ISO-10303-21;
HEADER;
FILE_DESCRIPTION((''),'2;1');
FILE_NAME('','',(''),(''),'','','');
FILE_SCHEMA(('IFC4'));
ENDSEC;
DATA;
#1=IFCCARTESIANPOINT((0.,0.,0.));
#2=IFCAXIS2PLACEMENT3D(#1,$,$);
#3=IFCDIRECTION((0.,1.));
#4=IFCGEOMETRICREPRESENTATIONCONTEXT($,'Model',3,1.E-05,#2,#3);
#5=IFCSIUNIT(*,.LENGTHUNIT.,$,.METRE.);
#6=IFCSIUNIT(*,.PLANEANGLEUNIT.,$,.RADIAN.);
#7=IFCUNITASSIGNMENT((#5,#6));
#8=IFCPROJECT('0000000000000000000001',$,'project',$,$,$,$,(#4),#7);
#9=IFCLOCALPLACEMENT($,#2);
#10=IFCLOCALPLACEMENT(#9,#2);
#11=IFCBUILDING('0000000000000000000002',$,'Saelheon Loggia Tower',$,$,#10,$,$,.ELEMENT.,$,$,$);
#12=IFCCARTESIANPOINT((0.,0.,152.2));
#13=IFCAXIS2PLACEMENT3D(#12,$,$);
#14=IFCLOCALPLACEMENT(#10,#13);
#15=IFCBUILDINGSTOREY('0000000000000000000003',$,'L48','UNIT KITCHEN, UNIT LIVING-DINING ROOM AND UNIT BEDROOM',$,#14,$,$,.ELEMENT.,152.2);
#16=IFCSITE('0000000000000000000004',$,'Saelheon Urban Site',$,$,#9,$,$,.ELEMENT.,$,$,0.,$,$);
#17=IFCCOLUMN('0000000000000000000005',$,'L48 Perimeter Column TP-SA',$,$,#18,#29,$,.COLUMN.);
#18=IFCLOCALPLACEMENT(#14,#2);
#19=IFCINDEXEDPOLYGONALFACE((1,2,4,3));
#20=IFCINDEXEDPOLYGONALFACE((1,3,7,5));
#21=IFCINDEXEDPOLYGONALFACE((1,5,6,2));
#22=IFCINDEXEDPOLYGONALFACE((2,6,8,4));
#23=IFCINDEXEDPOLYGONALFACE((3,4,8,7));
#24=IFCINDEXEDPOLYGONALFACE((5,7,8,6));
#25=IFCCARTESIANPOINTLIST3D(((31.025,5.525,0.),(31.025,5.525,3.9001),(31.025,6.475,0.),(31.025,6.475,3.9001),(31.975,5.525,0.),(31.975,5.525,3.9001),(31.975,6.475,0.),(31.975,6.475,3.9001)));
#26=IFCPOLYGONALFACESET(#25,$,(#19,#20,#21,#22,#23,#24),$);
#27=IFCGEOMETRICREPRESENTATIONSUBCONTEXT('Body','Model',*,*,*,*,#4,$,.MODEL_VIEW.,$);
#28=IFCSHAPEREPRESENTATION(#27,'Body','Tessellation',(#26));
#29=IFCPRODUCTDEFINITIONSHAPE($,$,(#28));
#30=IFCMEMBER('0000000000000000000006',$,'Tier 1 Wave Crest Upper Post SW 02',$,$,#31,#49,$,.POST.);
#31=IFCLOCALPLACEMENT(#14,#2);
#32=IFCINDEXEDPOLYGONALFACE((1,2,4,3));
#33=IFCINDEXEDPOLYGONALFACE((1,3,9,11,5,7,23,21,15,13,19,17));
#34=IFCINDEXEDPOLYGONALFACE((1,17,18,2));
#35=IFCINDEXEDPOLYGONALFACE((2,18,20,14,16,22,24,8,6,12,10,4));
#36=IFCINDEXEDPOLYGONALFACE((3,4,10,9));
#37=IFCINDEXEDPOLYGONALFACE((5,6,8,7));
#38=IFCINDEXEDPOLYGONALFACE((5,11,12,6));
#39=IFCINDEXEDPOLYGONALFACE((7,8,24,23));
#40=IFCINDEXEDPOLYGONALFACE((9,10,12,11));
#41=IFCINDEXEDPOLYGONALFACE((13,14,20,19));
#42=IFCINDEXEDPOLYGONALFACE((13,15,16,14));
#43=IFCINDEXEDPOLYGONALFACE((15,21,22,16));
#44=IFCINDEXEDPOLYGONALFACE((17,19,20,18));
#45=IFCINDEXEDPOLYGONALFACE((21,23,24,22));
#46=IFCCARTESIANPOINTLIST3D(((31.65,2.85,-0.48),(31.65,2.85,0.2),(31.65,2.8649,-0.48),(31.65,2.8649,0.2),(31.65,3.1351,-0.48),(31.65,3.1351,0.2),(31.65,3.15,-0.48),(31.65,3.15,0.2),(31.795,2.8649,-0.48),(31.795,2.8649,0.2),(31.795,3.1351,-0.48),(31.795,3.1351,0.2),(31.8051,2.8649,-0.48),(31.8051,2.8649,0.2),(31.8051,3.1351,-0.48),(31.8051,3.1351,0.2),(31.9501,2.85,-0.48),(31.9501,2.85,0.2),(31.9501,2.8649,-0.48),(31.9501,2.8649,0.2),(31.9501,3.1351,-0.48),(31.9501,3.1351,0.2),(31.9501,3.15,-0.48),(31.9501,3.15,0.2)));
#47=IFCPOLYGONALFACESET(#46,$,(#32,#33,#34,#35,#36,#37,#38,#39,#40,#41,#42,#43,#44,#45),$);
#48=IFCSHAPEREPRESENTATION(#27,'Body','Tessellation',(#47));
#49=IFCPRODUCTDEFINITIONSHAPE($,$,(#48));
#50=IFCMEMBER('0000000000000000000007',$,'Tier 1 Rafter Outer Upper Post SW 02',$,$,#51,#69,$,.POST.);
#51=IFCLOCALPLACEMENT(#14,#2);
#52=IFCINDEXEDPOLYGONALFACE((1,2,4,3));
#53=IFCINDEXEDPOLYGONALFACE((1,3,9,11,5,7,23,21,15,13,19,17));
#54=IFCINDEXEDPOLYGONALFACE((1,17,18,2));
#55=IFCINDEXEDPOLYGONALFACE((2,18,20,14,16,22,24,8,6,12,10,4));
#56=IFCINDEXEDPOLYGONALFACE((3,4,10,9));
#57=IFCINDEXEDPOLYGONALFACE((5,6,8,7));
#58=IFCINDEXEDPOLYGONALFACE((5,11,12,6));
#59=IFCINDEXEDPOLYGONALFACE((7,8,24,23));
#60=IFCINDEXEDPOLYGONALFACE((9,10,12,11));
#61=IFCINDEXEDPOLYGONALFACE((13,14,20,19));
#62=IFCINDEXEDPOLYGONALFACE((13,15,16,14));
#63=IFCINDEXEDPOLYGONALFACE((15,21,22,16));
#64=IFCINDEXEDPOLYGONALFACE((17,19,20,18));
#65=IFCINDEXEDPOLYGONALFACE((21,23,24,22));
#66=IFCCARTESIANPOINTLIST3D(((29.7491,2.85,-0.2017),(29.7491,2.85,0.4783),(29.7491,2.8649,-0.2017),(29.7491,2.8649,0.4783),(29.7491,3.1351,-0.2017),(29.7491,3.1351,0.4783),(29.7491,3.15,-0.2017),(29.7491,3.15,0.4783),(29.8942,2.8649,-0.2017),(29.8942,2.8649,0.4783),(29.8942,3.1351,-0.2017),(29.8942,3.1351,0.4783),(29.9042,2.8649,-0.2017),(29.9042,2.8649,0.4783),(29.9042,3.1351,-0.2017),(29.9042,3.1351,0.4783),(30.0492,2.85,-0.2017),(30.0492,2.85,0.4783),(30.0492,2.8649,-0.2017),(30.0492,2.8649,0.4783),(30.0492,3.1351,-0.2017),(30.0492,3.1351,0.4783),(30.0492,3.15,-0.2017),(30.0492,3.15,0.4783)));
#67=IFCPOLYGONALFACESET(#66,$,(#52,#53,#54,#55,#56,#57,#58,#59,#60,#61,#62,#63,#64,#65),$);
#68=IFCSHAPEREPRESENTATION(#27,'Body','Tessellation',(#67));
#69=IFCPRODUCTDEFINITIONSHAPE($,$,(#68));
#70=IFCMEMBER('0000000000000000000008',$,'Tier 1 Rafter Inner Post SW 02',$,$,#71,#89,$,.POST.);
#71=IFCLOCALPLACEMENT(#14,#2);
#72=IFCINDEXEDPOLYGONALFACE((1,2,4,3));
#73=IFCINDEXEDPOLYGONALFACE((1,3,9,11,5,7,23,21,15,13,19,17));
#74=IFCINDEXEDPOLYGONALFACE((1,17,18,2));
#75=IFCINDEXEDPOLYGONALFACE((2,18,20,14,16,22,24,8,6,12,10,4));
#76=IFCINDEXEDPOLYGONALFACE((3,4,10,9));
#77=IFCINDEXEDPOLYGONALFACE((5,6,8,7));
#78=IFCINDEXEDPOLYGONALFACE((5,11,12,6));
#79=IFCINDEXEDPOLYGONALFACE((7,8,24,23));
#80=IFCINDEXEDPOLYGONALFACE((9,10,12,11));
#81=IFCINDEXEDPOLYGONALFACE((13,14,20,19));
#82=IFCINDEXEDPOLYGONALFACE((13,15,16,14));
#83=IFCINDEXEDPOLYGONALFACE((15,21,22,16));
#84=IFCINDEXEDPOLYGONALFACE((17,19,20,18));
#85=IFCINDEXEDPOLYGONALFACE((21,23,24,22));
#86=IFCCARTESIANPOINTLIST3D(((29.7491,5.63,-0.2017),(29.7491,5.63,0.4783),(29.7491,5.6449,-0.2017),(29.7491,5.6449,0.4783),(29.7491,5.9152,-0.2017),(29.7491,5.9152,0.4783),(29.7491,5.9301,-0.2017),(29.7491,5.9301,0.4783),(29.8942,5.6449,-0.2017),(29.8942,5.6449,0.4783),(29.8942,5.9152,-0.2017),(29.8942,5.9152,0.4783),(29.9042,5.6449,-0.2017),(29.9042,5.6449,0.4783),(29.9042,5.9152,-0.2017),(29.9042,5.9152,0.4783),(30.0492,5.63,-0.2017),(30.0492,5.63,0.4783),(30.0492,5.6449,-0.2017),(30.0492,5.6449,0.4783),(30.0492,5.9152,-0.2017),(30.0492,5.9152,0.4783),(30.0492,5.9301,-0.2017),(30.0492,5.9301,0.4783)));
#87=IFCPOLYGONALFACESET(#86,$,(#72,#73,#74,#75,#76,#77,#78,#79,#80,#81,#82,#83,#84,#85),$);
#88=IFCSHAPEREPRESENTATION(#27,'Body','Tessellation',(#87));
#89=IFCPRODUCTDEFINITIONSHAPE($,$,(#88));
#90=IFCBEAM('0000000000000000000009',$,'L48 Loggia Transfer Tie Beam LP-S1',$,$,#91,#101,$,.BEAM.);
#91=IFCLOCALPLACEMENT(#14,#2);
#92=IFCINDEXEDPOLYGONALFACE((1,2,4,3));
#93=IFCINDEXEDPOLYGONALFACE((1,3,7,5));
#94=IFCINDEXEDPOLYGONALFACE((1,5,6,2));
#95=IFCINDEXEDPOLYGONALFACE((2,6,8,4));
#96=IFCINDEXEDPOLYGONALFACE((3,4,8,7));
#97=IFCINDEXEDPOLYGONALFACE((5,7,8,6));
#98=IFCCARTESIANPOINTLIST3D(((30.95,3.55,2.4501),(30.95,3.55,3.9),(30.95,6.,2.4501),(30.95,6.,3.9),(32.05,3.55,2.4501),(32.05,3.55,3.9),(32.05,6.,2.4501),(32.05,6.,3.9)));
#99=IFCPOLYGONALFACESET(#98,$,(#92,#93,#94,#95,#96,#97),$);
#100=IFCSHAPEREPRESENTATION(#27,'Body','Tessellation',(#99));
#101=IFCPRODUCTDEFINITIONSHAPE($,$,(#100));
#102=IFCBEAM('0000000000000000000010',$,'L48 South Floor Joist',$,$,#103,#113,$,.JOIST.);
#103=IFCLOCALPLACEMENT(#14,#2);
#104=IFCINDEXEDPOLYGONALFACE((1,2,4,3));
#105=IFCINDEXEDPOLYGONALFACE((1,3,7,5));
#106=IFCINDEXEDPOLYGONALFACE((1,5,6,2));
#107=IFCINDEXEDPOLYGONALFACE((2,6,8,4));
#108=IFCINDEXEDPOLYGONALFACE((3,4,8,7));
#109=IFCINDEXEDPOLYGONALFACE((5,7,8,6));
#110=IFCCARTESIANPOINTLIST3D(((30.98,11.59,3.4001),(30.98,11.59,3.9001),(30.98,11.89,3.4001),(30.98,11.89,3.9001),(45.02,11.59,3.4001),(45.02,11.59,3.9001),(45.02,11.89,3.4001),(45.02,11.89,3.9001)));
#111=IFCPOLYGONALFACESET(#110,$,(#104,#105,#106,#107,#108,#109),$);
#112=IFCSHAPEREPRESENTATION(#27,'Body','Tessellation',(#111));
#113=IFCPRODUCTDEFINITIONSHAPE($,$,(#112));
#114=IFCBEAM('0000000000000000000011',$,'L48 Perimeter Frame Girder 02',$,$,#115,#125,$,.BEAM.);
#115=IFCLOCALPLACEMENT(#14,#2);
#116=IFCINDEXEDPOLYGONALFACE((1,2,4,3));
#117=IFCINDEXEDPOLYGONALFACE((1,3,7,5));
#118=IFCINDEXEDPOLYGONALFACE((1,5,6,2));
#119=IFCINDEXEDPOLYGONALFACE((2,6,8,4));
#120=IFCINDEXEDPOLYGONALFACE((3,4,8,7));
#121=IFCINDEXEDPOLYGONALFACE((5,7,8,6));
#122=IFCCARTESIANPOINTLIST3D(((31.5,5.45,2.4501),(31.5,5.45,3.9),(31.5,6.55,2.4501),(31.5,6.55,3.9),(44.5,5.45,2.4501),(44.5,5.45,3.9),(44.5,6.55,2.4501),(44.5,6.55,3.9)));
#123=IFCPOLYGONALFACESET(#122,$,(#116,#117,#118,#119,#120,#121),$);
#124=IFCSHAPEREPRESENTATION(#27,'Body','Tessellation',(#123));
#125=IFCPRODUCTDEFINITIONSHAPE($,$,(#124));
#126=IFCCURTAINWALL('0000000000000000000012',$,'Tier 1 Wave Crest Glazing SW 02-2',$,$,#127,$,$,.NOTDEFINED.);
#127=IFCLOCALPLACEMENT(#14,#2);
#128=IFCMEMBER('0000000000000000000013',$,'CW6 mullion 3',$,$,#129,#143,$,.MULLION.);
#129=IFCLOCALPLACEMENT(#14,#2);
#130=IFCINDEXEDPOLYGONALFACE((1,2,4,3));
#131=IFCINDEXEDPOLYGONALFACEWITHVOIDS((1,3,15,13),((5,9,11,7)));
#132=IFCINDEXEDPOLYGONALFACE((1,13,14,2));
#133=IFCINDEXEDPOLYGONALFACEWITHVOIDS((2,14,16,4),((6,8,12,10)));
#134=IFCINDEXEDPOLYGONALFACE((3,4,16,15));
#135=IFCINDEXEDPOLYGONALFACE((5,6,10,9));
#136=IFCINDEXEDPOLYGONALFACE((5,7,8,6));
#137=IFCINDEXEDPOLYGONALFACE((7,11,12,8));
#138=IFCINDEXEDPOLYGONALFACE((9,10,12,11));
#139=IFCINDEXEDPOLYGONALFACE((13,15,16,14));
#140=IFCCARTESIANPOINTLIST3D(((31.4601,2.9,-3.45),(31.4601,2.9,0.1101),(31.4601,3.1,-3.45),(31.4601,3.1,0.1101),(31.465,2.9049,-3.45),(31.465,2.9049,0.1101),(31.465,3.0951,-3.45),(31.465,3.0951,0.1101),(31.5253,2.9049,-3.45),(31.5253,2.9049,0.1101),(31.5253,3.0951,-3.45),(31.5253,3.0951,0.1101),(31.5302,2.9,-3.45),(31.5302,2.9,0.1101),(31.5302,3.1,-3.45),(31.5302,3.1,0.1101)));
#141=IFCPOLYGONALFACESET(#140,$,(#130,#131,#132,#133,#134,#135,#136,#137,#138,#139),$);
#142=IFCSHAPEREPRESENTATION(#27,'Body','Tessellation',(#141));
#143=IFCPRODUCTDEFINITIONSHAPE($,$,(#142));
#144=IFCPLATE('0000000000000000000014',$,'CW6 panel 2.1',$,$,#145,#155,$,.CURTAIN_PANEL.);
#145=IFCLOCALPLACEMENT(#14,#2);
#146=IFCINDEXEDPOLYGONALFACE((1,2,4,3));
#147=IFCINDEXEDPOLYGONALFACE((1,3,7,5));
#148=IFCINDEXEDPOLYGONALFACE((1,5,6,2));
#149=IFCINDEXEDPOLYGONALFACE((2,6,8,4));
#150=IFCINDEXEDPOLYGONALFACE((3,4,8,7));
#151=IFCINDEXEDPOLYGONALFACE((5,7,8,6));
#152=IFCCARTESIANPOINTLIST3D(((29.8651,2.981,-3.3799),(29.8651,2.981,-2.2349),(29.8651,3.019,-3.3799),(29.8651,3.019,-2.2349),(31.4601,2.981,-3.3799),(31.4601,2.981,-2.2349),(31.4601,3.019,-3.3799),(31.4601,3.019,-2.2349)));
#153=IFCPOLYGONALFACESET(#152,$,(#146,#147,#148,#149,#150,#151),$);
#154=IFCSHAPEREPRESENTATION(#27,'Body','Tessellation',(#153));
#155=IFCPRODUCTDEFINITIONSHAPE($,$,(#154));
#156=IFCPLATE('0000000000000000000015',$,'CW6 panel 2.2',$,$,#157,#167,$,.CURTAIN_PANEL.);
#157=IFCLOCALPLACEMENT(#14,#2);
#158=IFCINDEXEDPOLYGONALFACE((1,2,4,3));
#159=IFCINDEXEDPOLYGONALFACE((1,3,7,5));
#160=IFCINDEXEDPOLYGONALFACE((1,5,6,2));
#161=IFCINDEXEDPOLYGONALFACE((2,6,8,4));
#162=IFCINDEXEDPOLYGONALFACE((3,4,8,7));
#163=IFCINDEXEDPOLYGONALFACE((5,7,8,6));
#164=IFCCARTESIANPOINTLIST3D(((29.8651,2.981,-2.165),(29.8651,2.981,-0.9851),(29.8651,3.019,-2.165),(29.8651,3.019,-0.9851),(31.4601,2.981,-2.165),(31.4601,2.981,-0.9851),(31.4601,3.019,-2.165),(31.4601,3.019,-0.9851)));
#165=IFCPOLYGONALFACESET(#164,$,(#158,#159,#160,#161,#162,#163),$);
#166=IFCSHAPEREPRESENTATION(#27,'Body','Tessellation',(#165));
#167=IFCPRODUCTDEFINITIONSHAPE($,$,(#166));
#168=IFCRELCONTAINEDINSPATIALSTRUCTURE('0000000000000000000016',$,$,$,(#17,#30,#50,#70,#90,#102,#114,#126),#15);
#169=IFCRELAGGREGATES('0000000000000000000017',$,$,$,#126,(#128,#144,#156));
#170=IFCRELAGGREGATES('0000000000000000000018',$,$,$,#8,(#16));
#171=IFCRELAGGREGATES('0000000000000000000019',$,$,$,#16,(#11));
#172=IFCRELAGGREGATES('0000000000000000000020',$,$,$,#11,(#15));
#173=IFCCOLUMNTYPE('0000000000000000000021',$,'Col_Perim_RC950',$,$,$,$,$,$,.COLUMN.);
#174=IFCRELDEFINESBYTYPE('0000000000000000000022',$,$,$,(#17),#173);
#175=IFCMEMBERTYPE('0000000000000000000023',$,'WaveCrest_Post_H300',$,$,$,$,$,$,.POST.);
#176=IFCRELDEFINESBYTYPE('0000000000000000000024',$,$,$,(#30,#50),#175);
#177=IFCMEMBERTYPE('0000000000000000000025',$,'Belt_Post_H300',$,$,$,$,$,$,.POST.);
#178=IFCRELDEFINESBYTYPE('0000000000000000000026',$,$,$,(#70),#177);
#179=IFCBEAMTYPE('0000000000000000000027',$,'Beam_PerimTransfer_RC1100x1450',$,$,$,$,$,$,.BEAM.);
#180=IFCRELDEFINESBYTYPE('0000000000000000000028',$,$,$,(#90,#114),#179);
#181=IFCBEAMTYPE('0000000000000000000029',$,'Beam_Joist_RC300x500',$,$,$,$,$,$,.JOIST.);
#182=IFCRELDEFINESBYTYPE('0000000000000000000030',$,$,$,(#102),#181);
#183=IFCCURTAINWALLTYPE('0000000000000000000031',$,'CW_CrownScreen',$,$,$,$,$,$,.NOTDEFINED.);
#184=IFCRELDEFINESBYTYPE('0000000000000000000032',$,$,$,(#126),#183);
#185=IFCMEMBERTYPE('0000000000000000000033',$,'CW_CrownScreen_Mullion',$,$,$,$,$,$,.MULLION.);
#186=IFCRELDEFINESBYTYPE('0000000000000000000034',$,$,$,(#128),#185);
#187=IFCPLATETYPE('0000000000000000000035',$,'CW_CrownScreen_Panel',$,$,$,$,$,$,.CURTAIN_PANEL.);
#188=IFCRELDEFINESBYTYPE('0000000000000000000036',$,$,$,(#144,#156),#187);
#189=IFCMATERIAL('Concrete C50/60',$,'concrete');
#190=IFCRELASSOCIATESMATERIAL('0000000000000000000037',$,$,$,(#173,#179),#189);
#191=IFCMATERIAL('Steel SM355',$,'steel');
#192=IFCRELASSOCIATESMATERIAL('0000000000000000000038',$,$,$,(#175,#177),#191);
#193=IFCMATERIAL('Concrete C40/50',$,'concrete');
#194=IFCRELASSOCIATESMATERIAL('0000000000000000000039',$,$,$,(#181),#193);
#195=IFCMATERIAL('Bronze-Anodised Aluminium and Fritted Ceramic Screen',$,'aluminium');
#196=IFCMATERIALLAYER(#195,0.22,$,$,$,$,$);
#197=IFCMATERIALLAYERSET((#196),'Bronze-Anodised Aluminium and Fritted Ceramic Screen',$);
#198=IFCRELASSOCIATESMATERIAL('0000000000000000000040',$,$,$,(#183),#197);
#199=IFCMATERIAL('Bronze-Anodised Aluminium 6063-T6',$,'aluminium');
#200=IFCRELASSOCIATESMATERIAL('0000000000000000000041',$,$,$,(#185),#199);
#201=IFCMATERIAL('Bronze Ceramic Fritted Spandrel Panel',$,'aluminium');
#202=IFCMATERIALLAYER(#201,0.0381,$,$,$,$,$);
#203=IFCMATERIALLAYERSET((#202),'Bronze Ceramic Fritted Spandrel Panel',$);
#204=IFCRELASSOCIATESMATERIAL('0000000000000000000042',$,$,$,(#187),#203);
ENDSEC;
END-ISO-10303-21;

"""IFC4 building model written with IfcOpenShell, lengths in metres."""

from ifc_helpers import new_model, si_unit, direction, frame, origin, origin_2d, place, context, subcontext, project, spatial, rectangle, hollow_rectangle, i_section, extrude, source, transform, mapped, material, layer, layer_set, material_profile, profile_set, type_object, element, aggregate, save


model = new_model("IFC4")

# Units and contexts
model_context = context("Model", 3, precision=1e-05, world=origin(), true_north=direction((0.0, 1.0)))
body_context = subcontext(model_context, "Body", "Model", "MODEL_VIEW")
ifc_project = project(units=[si_unit("LENGTHUNIT", "METRE"), si_unit("PLANEANGLEUNIT", "RADIAN")], contexts=[model_context])

# Site, building, storey
site_placement = place(None, origin())
site = spatial("IfcSite", under=ifc_project, at=site_placement, Name="Saelheon Urban Site", CompositionType="ELEMENT", RefElevation=0.0)
building_placement = place(site_placement, origin())
building = spatial("IfcBuilding", under=site, at=building_placement, Name="Saelheon Loggia Tower", CompositionType="ELEMENT")
storey_placement = place(building_placement, frame((0.0, 0.0, 152.2)))
storey = spatial("IfcBuildingStorey", under=building, at=storey_placement, Name="L48", Description="UNIT KITCHEN, UNIT LIVING-DINING ROOM AND UNIT BEDROOM", CompositionType="ELEMENT", Elevation=152.2)

# Column
ifc_material_1 = material(Name="Concrete C50/60", Category="concrete")
ifc_material_profile_1 = material_profile(ifc_material_1, rectangle(XDim=0.95, YDim=0.95, at=origin_2d()), Name="RC-950x950")
ifc_profile_set_1 = profile_set([ifc_material_profile_1], Name="Concrete C50/60")
column_type = type_object("IfcColumnType", Name="Col_Perim_RC950", PredefinedType="COLUMN", material=ifc_profile_set_1)
shared_shape_1 = source(origin(), body_context, "Body", "SweptSolid", [
    extrude(rectangle(XDim=0.95, YDim=0.95, at=origin_2d()), origin(), (0.0, 0.0, 1.0), 3.9001),
])
column_placement = place(storey_placement, frame((31.5, 6.0, 0.0), z_axis=(0.0, 0.0, 1.0), x_axis=(1.0, 0.0, 0.0)))
element("IfcColumn", 1, at=column_placement, inside=storey, type_object=column_type, Name="L48 Perimeter Column TP-SA", PredefinedType="COLUMN", context=body_context, shape_type="MappedRepresentation", body=[
    mapped(shared_shape_1, transform((0.0, 0.0, 0.0), scale=1.0)),
])

# Members
ifc_material_2 = material(Name="Steel SM355", Category="steel")
ifc_material_profile_2 = material_profile(ifc_material_2, i_section(OverallWidth=0.3, OverallDepth=0.3, WebThickness=0.01, FlangeThickness=0.0149, at=origin_2d()), Name="H-300x300x10x15")
ifc_profile_set_2 = profile_set([ifc_material_profile_2], Name="Steel SM355")
member_type_1 = type_object("IfcMemberType", Name="WaveCrest_Post_H300", PredefinedType="POST", material=ifc_profile_set_2)
shared_shape_2 = source(origin(), body_context, "Body", "SweptSolid", [
    extrude(i_section(OverallWidth=0.3, OverallDepth=0.3, WebThickness=0.01, FlangeThickness=0.0149, at=origin_2d()), origin(), (0.0, 0.0, 1.0), 0.6799),
])
for number, where, z_axis, x_axis, name in (
    (2, (31.8, 3.0, -0.48), (0.0, 0.0, 1.0), (1.0, 0.0, 0.0), "Tier 1 Wave Crest Upper Post SW 02"),
    (3, (29.8992, 3.0, -0.2017), (0.0, 0.0, 1.0), (1.0, 0.0, 0.0), "Tier 1 Rafter Outer Upper Post SW 02"),
):
    element("IfcMember", number, at=place(storey_placement, frame(where, z_axis=z_axis, x_axis=x_axis)), inside=storey, type_object=member_type_1, Name=name, PredefinedType="POST", context=body_context, shape_type="MappedRepresentation", body=[
        mapped(shared_shape_2, transform((0.0, 0.0, 0.0), scale=1.0)),
    ])
ifc_material_profile_3 = material_profile(ifc_material_2, i_section(OverallWidth=0.3, OverallDepth=0.3, WebThickness=0.01, FlangeThickness=0.0149, at=origin_2d()), Name="H-300x300x10x15")
ifc_profile_set_3 = profile_set([ifc_material_profile_3], Name="Steel SM355")
member_type_2 = type_object("IfcMemberType", Name="Belt_Post_H300", PredefinedType="POST", material=ifc_profile_set_3)
member_1_placement = place(storey_placement, frame((29.8992, 5.78, -0.2017), z_axis=(0.0, 0.0, 1.0), x_axis=(1.0, 0.0, 0.0)))
element("IfcMember", 4, at=member_1_placement, inside=storey, type_object=member_type_2, Name="Tier 1 Rafter Inner Post SW 02", PredefinedType="POST", context=body_context, shape_type="MappedRepresentation", body=[
    mapped(shared_shape_2, transform((0.0, 0.0, 0.0), scale=1.0)),
])

# Beams
ifc_material_profile_4 = material_profile(ifc_material_1, rectangle(XDim=1.1001, YDim=1.45, at=origin_2d()), Name="RC-1100x1450")
ifc_profile_set_4 = profile_set([ifc_material_profile_4], Name="Concrete C50/60")
beam_type_1 = type_object("IfcBeamType", Name="Beam_PerimTransfer_RC1100x1450", PredefinedType="BEAM", material=ifc_profile_set_4)
shared_shape_3 = source(origin(), body_context, "Body", "SweptSolid", [
    extrude(rectangle(XDim=1.1001, YDim=1.45, at=origin_2d()), origin(), (0.0, 0.0, 1.0), 2.45),
])
beam_1_placement = place(storey_placement, frame((31.5, 6.0, 3.175), z_axis=(0.0, -1.0, 0.0), x_axis=(1.0, 0.0, 0.0)))
element("IfcBeam", 5, at=beam_1_placement, inside=storey, type_object=beam_type_1, Name="L48 Loggia Transfer Tie Beam LP-S1", PredefinedType="BEAM", context=body_context, shape_type="MappedRepresentation", body=[
    mapped(shared_shape_3, transform((0.0, 0.0, 0.0), scale=1.0)),
])
ifc_material_3 = material(Name="Concrete C40/50", Category="concrete")
ifc_material_profile_5 = material_profile(ifc_material_3, rectangle(XDim=0.3, YDim=0.5, at=origin_2d()), Name="RC-300x500")
ifc_profile_set_5 = profile_set([ifc_material_profile_5], Name="Concrete C40/50")
beam_type_2 = type_object("IfcBeamType", Name="Beam_Joist_RC300x500", PredefinedType="JOIST", material=ifc_profile_set_5)
shared_shape_4 = source(origin(), body_context, "Body", "SweptSolid", [
    extrude(rectangle(XDim=0.3, YDim=0.5, at=origin_2d()), origin(), (0.0, 0.0, 1.0), 14.04),
])
beam_2_placement = place(storey_placement, frame((30.98, 11.74, 3.6501), z_axis=(1.0, 0.0, 0.0), x_axis=(0.0, 1.0, 0.0)))
element("IfcBeam", 6, at=beam_2_placement, inside=storey, type_object=beam_type_2, Name="L48 South Floor Joist", PredefinedType="JOIST", context=body_context, shape_type="MappedRepresentation", body=[
    mapped(shared_shape_4, transform((0.0, 0.0, 0.0), scale=1.0)),
])
shared_shape_5 = source(origin(), body_context, "Body", "SweptSolid", [
    extrude(rectangle(XDim=1.1001, YDim=1.45, at=origin_2d()), origin(), (0.0, 0.0, 1.0), 13.0),
])
beam_3_placement = place(storey_placement, frame((31.5, 6.0, 3.175), z_axis=(1.0, 0.0, 0.0), x_axis=(0.0, 1.0, 0.0)))
element("IfcBeam", 7, at=beam_3_placement, inside=storey, type_object=beam_type_1, Name="L48 Perimeter Frame Girder 02", PredefinedType="BEAM", context=body_context, shape_type="MappedRepresentation", body=[
    mapped(shared_shape_5, transform((0.0, 0.0, 0.0), scale=1.0)),
])

# Curtain wall, member, plates
ifc_material_4 = material(Name="Bronze-Anodised Aluminium and Fritted Ceramic Screen", Category="aluminium")
ifc_layer_1 = layer(ifc_material_4, 0.22)
ifc_layer_set_1 = layer_set([ifc_layer_1], Name="Bronze-Anodised Aluminium and Fritted Ceramic Screen")
curtain_wall_type = type_object("IfcCurtainWallType", Name="CW_CrownScreen", PredefinedType="NOTDEFINED", material=ifc_layer_set_1)
curtain_wall_placement = place(storey_placement, origin())
curtain_wall = element("IfcCurtainWall", 8, at=curtain_wall_placement, inside=storey, type_object=curtain_wall_type, Name="Tier 1 Wave Crest Glazing SW 02-2", PredefinedType="NOTDEFINED")
ifc_material_5 = material(Name="Bronze-Anodised Aluminium 6063-T6", Category="aluminium")
ifc_material_profile_6 = material_profile(ifc_material_5, hollow_rectangle(XDim=0.0701, YDim=0.2, WallThickness=0.0049, at=origin_2d()), Name="RHS-200x70x5")
ifc_profile_set_6 = profile_set([ifc_material_profile_6], Name="Bronze-Anodised Aluminium 6063-T6")
member_type_3 = type_object("IfcMemberType", Name="CW_CrownScreen_Mullion", PredefinedType="MULLION", material=ifc_profile_set_6)
shared_shape_6 = source(origin(), body_context, "Body", "SweptSolid", [
    extrude(hollow_rectangle(XDim=0.0701, YDim=0.2, WallThickness=0.0049, at=origin_2d()), origin(), (0.0, 0.0, 1.0), 3.5601),
])
member_2_placement = place(storey_placement, frame((31.4951, 3.0, -3.45), z_axis=(0.0, 0.0, 1.0), x_axis=(1.0, 0.0, 0.0)))
member_2 = element("IfcMember", 9, at=member_2_placement, type_object=member_type_3, Name="CW6 mullion 3", PredefinedType="MULLION", context=body_context, shape_type="MappedRepresentation", body=[
    mapped(shared_shape_6, transform((0.0, 0.0, 0.0), scale=1.0)),
])
ifc_material_6 = material(Name="Bronze Ceramic Fritted Spandrel Panel", Category="aluminium")
ifc_layer_2 = layer(ifc_material_6, 0.0381)
ifc_layer_set_2 = layer_set([ifc_layer_2], Name="Bronze Ceramic Fritted Spandrel Panel")
plate_type = type_object("IfcPlateType", Name="CW_CrownScreen_Panel", PredefinedType="CURTAIN_PANEL", material=ifc_layer_set_2)
shared_shape_7 = source(origin(), body_context, "Body", "SweptSolid", [
    extrude(rectangle(XDim=1.595, YDim=0.0381, at=origin_2d()), origin(), (0.0, 0.0, 1.0), 1.145),
])
plate_1_placement = place(storey_placement, frame((30.6626, 3.0, -3.3799), z_axis=(0.0, 0.0, 1.0), x_axis=(1.0, 0.0, 0.0)))
plate_1 = element("IfcPlate", 10, at=plate_1_placement, type_object=plate_type, Name="CW6 panel 2.1", PredefinedType="CURTAIN_PANEL", context=body_context, shape_type="MappedRepresentation", body=[
    mapped(shared_shape_7, transform((0.0, 0.0, 0.0), scale=1.0)),
])
shared_shape_8 = source(origin(), body_context, "Body", "SweptSolid", [
    extrude(rectangle(XDim=1.595, YDim=0.0381, at=origin_2d()), origin(), (0.0, 0.0, 1.0), 1.1799),
])
plate_2_placement = place(storey_placement, frame((30.6626, 3.0, -2.165), z_axis=(0.0, 0.0, 1.0), x_axis=(1.0, 0.0, 0.0)))
plate_2 = element("IfcPlate", 11, at=plate_2_placement, type_object=plate_type, Name="CW6 panel 2.2", PredefinedType="CURTAIN_PANEL", context=body_context, shape_type="MappedRepresentation", body=[
    mapped(shared_shape_8, transform((0.0, 0.0, 0.0), scale=1.0)),
])
aggregate(curtain_wall, [member_2, plate_1, plate_2])

save(model, "model.ifc")
